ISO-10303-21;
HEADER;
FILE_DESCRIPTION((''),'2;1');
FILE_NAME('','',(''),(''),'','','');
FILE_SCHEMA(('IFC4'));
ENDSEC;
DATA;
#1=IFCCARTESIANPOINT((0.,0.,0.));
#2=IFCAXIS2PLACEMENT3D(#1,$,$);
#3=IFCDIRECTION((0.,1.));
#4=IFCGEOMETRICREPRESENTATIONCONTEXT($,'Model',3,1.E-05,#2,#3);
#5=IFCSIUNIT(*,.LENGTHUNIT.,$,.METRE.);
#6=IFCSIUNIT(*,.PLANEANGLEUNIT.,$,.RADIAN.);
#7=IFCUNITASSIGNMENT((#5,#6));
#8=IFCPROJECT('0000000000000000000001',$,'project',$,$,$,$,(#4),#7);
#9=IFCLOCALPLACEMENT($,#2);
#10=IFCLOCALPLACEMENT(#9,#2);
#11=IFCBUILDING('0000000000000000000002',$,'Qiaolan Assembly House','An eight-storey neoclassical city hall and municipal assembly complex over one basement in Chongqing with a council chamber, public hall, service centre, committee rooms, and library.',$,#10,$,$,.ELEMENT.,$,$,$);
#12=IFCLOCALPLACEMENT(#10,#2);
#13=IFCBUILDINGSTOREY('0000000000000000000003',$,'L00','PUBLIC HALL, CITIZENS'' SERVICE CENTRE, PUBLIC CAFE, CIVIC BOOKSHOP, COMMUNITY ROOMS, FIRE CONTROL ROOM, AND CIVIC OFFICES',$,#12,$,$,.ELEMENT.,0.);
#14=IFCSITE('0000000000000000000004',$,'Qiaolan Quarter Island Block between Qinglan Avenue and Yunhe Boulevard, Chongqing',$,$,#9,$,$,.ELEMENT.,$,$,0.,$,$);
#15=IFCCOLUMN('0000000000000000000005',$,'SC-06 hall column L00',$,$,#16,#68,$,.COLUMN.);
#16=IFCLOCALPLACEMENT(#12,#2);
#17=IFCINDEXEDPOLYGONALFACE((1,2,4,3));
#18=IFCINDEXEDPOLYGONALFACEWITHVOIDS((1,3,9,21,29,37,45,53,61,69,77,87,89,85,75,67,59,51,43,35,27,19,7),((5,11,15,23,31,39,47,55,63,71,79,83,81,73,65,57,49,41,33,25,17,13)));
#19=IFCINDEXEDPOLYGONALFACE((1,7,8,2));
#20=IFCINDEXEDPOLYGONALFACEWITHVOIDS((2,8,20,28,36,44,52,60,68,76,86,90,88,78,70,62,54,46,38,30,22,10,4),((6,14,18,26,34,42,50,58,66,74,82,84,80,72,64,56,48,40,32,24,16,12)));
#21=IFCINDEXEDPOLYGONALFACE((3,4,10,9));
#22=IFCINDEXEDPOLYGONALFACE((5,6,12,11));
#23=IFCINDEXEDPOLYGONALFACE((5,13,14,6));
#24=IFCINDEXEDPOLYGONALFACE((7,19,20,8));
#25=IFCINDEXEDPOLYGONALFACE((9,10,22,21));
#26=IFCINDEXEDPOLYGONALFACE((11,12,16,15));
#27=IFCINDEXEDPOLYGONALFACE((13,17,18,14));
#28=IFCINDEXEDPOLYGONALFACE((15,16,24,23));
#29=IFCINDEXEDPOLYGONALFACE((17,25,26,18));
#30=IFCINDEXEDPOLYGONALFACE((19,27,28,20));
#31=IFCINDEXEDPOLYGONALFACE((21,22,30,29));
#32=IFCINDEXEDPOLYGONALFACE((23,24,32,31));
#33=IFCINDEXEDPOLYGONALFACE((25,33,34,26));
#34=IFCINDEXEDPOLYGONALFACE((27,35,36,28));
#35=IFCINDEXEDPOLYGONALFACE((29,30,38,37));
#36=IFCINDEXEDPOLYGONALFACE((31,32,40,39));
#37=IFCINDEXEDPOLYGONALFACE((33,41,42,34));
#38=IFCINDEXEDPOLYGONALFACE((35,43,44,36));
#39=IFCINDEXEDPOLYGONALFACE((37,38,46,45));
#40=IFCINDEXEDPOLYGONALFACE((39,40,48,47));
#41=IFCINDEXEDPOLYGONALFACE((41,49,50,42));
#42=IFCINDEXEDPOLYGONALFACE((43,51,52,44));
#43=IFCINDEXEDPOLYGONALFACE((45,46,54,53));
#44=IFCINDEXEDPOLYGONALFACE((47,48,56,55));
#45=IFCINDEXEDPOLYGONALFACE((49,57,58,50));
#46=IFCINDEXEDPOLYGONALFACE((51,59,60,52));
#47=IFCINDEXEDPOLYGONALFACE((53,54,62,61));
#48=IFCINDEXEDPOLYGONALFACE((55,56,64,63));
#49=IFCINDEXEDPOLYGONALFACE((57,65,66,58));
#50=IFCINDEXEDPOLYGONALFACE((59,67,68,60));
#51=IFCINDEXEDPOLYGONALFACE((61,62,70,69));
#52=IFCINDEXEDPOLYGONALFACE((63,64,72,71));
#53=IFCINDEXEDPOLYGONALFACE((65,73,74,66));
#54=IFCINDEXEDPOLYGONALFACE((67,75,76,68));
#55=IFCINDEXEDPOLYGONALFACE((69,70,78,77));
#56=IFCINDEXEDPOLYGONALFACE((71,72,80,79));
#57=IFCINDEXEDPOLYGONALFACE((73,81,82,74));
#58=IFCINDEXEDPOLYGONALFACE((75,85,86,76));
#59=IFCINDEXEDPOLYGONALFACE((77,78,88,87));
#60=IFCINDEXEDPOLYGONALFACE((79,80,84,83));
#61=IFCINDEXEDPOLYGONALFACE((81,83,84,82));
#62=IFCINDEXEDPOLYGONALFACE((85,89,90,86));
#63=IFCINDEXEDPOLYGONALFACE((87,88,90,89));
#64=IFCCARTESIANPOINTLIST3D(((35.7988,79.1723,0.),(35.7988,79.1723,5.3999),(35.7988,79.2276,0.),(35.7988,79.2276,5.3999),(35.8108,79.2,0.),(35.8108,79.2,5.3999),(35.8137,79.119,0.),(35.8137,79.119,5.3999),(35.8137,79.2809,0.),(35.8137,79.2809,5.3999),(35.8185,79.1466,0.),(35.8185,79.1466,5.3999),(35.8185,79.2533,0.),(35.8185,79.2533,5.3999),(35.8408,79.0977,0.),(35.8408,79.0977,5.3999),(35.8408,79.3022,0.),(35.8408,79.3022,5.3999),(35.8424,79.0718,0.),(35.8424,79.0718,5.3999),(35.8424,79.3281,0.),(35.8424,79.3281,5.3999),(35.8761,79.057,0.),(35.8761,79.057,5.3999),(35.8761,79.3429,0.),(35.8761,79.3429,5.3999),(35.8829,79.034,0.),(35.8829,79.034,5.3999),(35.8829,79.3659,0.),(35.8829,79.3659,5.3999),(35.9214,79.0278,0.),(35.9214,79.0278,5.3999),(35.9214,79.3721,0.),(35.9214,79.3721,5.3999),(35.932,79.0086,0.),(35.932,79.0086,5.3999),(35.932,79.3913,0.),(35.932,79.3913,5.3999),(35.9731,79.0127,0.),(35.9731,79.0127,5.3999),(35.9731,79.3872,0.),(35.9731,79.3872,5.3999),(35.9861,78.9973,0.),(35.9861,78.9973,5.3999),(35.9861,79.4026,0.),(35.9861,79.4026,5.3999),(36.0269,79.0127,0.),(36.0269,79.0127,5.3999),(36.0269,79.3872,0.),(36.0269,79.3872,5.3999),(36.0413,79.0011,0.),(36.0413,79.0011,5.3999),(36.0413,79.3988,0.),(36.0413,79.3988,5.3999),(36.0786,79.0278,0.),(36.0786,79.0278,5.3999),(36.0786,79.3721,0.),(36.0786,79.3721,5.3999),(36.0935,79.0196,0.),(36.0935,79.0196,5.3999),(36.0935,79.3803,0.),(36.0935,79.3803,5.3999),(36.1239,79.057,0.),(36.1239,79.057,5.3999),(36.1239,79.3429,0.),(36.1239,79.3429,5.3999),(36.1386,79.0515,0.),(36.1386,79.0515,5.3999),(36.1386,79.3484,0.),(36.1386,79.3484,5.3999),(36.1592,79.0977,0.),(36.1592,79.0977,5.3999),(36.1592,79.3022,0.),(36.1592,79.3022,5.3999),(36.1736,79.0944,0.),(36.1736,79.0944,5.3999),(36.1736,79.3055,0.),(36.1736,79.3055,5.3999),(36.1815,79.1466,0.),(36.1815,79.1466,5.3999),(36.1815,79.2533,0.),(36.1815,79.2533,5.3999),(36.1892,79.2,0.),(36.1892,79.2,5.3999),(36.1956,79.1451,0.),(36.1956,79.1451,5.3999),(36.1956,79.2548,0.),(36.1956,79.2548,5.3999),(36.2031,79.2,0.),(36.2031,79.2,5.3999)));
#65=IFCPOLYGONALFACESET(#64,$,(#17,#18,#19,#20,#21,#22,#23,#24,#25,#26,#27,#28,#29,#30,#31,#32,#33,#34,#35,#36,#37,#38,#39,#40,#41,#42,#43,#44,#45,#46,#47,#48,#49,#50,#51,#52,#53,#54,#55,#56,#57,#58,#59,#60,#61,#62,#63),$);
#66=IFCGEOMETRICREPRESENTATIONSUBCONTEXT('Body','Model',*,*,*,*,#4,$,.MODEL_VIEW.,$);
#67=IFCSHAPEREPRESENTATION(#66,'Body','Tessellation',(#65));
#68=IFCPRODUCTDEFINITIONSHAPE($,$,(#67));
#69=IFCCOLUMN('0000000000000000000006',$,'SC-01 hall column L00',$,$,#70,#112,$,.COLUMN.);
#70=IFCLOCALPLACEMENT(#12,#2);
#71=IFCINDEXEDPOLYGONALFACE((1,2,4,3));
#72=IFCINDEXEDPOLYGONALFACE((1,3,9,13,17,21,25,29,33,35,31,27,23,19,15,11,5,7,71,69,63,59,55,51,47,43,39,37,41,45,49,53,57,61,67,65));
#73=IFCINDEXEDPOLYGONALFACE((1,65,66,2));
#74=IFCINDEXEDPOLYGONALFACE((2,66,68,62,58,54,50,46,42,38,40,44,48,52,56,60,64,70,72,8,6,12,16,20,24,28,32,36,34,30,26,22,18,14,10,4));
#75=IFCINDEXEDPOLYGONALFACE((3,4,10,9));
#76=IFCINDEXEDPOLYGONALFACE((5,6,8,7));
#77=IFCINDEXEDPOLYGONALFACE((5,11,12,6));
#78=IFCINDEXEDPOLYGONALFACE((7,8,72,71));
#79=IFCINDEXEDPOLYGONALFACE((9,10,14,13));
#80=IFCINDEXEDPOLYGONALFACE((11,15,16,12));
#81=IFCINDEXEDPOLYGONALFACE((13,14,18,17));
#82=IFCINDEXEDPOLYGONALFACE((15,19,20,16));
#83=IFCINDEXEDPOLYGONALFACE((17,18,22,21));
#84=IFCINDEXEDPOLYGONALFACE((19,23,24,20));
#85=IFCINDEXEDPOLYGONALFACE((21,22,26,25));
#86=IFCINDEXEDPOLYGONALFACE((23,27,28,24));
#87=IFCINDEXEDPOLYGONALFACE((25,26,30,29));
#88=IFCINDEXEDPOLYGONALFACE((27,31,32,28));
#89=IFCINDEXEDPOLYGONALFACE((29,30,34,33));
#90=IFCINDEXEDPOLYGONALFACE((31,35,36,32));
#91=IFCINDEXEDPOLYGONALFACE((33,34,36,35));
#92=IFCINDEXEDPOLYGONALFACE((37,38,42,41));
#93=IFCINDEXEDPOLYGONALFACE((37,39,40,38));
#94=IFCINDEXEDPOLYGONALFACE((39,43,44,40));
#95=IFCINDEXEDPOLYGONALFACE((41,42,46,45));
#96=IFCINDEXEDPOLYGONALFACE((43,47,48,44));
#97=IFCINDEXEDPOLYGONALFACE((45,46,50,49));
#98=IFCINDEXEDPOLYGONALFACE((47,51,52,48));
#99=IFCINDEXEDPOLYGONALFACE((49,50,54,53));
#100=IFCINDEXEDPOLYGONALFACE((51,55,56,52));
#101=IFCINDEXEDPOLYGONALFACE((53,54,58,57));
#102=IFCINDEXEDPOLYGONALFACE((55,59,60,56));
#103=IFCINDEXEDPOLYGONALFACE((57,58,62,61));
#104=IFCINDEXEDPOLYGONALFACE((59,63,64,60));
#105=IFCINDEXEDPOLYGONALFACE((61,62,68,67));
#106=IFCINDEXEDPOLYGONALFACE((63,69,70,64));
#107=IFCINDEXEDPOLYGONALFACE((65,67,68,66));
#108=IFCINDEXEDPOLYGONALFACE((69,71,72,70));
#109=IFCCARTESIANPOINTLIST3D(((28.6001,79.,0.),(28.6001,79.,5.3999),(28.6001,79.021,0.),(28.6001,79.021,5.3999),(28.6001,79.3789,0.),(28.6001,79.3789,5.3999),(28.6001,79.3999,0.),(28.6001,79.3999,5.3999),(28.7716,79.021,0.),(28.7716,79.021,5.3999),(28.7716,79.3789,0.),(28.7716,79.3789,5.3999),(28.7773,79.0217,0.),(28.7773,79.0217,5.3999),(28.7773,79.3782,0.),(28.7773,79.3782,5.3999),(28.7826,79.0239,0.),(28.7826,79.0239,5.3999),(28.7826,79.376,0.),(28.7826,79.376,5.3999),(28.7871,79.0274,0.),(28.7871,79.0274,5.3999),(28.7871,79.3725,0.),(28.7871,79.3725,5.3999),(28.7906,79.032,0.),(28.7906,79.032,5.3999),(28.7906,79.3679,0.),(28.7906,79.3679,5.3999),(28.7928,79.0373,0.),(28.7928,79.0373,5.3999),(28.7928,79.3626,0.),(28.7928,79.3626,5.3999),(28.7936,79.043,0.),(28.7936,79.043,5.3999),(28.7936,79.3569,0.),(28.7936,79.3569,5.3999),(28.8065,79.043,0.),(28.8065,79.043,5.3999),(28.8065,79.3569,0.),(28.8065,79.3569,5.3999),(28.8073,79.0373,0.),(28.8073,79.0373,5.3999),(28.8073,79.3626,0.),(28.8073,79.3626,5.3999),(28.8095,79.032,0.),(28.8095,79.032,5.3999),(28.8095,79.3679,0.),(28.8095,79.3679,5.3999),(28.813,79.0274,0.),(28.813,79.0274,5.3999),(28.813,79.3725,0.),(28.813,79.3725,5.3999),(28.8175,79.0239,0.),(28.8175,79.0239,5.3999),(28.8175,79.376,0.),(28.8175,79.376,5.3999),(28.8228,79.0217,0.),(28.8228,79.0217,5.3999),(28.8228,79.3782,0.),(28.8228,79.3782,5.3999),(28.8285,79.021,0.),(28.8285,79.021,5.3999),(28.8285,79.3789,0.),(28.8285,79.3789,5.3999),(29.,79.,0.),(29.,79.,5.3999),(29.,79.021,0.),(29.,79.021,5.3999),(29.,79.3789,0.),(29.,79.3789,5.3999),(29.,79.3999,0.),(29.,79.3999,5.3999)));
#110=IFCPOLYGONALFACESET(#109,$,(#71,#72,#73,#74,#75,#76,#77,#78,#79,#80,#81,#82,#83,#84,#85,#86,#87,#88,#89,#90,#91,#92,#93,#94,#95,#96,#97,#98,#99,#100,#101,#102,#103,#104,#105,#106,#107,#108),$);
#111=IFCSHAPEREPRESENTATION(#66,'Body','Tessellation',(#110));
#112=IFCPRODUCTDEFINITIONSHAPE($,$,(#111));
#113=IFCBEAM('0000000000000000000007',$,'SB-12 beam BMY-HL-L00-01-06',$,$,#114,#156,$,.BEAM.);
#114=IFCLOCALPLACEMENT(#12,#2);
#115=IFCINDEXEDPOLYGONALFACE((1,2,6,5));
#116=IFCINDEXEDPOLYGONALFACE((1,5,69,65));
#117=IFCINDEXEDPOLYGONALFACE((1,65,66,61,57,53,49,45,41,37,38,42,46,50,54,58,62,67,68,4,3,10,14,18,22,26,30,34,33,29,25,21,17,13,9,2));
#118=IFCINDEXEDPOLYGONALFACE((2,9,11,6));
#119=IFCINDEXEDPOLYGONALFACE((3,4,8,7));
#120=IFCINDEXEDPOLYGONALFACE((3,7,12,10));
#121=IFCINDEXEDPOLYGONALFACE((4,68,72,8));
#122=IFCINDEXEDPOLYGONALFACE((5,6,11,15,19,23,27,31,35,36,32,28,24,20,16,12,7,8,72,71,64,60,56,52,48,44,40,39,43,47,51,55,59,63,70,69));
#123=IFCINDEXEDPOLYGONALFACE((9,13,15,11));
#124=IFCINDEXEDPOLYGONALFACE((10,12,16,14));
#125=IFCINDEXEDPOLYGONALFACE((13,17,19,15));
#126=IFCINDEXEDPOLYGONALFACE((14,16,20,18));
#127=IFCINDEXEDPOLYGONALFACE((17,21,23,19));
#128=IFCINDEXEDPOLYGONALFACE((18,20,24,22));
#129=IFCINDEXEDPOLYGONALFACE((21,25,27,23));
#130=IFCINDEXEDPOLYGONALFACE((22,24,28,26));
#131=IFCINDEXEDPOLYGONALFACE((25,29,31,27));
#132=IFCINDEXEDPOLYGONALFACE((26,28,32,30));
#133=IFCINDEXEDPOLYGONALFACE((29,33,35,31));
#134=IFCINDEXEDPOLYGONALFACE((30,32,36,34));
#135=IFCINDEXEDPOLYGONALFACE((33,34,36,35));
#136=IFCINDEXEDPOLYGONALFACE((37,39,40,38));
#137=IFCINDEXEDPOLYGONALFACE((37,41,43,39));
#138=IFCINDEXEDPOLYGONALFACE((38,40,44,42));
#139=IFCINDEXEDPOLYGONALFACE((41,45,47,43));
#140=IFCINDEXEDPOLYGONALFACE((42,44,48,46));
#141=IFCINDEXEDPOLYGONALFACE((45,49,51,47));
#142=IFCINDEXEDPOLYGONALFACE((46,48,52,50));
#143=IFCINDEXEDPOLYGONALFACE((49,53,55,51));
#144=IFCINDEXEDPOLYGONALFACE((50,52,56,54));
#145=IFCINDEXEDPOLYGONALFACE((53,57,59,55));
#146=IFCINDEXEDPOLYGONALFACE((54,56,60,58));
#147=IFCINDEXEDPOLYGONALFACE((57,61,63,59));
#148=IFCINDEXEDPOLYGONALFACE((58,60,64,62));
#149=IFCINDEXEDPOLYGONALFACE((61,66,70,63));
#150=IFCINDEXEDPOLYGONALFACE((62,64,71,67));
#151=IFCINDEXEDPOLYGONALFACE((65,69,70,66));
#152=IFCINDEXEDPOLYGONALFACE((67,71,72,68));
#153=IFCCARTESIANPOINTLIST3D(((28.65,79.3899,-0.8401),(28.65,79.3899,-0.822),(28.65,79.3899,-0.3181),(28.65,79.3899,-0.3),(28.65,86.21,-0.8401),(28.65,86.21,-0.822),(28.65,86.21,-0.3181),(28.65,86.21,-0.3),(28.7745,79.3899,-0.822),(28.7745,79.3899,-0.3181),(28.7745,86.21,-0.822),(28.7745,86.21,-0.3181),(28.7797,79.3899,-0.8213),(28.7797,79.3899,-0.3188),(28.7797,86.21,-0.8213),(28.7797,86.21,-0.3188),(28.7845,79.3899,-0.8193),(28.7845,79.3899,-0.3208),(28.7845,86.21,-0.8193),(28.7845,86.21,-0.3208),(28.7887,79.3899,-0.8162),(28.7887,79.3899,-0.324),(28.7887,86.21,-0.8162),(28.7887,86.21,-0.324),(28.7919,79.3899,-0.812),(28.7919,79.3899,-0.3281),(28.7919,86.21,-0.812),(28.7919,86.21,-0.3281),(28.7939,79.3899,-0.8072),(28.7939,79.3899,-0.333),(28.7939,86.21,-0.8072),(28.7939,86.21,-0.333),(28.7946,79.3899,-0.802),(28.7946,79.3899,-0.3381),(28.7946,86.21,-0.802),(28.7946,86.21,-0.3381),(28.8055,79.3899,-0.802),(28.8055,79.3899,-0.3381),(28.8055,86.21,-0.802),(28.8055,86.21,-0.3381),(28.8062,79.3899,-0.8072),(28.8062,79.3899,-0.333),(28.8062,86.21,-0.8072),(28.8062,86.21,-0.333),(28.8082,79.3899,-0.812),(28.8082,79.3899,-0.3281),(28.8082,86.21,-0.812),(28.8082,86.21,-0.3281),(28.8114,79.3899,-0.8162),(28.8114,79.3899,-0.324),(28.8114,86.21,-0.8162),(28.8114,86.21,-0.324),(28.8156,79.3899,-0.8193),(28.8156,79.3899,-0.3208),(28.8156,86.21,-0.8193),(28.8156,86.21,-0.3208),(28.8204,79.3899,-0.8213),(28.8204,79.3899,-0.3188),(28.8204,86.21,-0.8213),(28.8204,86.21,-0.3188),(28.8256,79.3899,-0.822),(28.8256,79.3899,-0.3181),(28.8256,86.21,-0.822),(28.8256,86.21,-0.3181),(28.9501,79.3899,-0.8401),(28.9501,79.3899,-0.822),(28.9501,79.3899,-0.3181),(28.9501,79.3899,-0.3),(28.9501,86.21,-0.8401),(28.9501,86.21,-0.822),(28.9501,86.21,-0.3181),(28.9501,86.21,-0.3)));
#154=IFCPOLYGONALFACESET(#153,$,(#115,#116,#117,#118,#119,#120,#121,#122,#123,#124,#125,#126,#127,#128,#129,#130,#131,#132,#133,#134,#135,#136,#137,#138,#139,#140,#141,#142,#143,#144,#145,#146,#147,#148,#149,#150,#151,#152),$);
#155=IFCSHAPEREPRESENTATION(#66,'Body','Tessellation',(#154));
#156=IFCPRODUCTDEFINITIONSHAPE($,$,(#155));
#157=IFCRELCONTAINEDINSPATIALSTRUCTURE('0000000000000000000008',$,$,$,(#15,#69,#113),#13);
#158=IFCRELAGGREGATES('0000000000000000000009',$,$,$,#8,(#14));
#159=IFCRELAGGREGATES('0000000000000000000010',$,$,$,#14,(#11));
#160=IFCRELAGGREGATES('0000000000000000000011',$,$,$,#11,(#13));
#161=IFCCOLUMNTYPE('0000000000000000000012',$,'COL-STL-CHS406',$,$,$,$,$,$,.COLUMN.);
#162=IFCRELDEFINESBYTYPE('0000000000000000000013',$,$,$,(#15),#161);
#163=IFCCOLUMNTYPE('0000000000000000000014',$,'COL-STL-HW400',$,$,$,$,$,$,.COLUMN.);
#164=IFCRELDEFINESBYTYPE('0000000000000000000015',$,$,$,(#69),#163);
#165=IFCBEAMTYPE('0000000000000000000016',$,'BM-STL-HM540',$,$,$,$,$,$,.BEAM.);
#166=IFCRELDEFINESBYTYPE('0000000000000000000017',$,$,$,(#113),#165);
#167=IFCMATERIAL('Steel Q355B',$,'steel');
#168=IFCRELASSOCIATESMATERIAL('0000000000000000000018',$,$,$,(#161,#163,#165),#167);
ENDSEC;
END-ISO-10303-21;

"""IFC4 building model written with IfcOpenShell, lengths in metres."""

from ifc_helpers import new_model, si_unit, direction, frame, origin, origin_2d, place, context, subcontext, project, spatial, hollow_circle, i_section, extrude, material, material_profile, profile_set, type_object, element, save


model = new_model("IFC4")

# Units and contexts
model_context = context("Model", 3, precision=1e-05, world=origin(), true_north=direction((0.0, 1.0)))
body_context = subcontext(model_context, "Body", "Model", "MODEL_VIEW")
ifc_project = project(units=[si_unit("LENGTHUNIT", "METRE"), si_unit("PLANEANGLEUNIT", "RADIAN")], contexts=[model_context])

# Site, building, storey
site_placement = place(None, origin())
site = spatial("IfcSite", under=ifc_project, at=site_placement, Name="Qiaolan Quarter Island Block between Qinglan Avenue and Yunhe Boulevard, Chongqing", CompositionType="ELEMENT", RefElevation=0.0)
building_placement = place(site_placement, origin())
building = spatial("IfcBuilding", under=site, at=building_placement, Name="Qiaolan Assembly House", Description="An eight-storey neoclassical city hall and municipal assembly complex over one basement in Chongqing with a council chamber, public hall, service centre, committee rooms, and library.", CompositionType="ELEMENT")
storey_placement = place(building_placement, origin())
storey = spatial("IfcBuildingStorey", under=building, at=storey_placement, Name="L00", Description="PUBLIC HALL, CITIZENS' SERVICE CENTRE, PUBLIC CAFE, CIVIC BOOKSHOP, COMMUNITY ROOMS, FIRE CONTROL ROOM, AND CIVIC OFFICES", CompositionType="ELEMENT", Elevation=0.0)

# Columns
ifc_material_1 = material(Name="Steel Q355B", Category="steel")
ifc_material_profile_1 = material_profile(ifc_material_1, hollow_circle(Radius=0.2031, WallThickness=0.0139, at=origin_2d()), Name="CHS 406.4x14")
ifc_profile_set_1 = profile_set([ifc_material_profile_1], Name="Steel Q355B")
column_type_1 = type_object("IfcColumnType", Name="COL-STL-CHS406", PredefinedType="COLUMN", material=ifc_profile_set_1)
column_1_placement = place(storey_placement, frame((36.0, 79.2, 0.0), z_axis=(0.0, 0.0, 1.0), x_axis=(1.0, 0.0, 0.0)))
element("IfcColumn", 1, at=column_1_placement, inside=storey, type_object=column_type_1, Name="SC-06 hall column L00", PredefinedType="COLUMN", context=body_context, shape_type="SweptSolid", body=[
    extrude(hollow_circle(Radius=0.2031, WallThickness=0.0139, at=origin_2d()), origin(), (0.0, 0.0, 1.0), 5.3999),
])
ifc_material_profile_2 = material_profile(ifc_material_1, i_section(OverallWidth=0.3999, OverallDepth=0.3999, WebThickness=0.0129, FlangeThickness=0.021, FilletRadius=0.022, at=origin_2d()), Name="HW 400x400x13x21")
ifc_profile_set_2 = profile_set([ifc_material_profile_2], Name="Steel Q355B")
column_type_2 = type_object("IfcColumnType", Name="COL-STL-HW400", PredefinedType="COLUMN", material=ifc_profile_set_2)
column_2_placement = place(storey_placement, frame((28.8, 79.2, 0.0), z_axis=(0.0, 0.0, 1.0), x_axis=(1.0, 0.0, 0.0)))
element("IfcColumn", 2, at=column_2_placement, inside=storey, type_object=column_type_2, Name="SC-01 hall column L00", PredefinedType="COLUMN", context=body_context, shape_type="SweptSolid", body=[
    extrude(i_section(OverallWidth=0.3999, OverallDepth=0.3999, WebThickness=0.0129, FlangeThickness=0.021, FilletRadius=0.022, at=origin_2d()), origin(), (0.0, 0.0, 1.0), 5.3999),
])

# Beam
ifc_material_profile_3 = material_profile(ifc_material_1, i_section(OverallWidth=0.3, OverallDepth=0.54, WebThickness=0.011, FlangeThickness=0.0181, FilletRadius=0.02, at=origin_2d()), Name="HM 540x300x11x18")
ifc_profile_set_3 = profile_set([ifc_material_profile_3], Name="Steel Q355B")
beam_type_1 = type_object("IfcBeamType", Name="BM-STL-HM540", PredefinedType="BEAM", material=ifc_profile_set_3)
beam_1_placement = place(storey_placement, frame((28.8, 79.3899, -0.5701), z_axis=(0.0, 1.0, 0.0), x_axis=(-1.0, 0.0, 0.0)))
element("IfcBeam", 3, at=beam_1_placement, inside=storey, type_object=beam_type_1, Name="SB-12 beam BMY-HL-L00-01-06", PredefinedType="BEAM", context=body_context, shape_type="SweptSolid", body=[
    extrude(i_section(OverallWidth=0.3, OverallDepth=0.54, WebThickness=0.011, FlangeThickness=0.0181, FilletRadius=0.02, at=origin_2d()), origin(), (0.0, 0.0, 1.0), 6.8201),
])

save(model, "model.ifc")
